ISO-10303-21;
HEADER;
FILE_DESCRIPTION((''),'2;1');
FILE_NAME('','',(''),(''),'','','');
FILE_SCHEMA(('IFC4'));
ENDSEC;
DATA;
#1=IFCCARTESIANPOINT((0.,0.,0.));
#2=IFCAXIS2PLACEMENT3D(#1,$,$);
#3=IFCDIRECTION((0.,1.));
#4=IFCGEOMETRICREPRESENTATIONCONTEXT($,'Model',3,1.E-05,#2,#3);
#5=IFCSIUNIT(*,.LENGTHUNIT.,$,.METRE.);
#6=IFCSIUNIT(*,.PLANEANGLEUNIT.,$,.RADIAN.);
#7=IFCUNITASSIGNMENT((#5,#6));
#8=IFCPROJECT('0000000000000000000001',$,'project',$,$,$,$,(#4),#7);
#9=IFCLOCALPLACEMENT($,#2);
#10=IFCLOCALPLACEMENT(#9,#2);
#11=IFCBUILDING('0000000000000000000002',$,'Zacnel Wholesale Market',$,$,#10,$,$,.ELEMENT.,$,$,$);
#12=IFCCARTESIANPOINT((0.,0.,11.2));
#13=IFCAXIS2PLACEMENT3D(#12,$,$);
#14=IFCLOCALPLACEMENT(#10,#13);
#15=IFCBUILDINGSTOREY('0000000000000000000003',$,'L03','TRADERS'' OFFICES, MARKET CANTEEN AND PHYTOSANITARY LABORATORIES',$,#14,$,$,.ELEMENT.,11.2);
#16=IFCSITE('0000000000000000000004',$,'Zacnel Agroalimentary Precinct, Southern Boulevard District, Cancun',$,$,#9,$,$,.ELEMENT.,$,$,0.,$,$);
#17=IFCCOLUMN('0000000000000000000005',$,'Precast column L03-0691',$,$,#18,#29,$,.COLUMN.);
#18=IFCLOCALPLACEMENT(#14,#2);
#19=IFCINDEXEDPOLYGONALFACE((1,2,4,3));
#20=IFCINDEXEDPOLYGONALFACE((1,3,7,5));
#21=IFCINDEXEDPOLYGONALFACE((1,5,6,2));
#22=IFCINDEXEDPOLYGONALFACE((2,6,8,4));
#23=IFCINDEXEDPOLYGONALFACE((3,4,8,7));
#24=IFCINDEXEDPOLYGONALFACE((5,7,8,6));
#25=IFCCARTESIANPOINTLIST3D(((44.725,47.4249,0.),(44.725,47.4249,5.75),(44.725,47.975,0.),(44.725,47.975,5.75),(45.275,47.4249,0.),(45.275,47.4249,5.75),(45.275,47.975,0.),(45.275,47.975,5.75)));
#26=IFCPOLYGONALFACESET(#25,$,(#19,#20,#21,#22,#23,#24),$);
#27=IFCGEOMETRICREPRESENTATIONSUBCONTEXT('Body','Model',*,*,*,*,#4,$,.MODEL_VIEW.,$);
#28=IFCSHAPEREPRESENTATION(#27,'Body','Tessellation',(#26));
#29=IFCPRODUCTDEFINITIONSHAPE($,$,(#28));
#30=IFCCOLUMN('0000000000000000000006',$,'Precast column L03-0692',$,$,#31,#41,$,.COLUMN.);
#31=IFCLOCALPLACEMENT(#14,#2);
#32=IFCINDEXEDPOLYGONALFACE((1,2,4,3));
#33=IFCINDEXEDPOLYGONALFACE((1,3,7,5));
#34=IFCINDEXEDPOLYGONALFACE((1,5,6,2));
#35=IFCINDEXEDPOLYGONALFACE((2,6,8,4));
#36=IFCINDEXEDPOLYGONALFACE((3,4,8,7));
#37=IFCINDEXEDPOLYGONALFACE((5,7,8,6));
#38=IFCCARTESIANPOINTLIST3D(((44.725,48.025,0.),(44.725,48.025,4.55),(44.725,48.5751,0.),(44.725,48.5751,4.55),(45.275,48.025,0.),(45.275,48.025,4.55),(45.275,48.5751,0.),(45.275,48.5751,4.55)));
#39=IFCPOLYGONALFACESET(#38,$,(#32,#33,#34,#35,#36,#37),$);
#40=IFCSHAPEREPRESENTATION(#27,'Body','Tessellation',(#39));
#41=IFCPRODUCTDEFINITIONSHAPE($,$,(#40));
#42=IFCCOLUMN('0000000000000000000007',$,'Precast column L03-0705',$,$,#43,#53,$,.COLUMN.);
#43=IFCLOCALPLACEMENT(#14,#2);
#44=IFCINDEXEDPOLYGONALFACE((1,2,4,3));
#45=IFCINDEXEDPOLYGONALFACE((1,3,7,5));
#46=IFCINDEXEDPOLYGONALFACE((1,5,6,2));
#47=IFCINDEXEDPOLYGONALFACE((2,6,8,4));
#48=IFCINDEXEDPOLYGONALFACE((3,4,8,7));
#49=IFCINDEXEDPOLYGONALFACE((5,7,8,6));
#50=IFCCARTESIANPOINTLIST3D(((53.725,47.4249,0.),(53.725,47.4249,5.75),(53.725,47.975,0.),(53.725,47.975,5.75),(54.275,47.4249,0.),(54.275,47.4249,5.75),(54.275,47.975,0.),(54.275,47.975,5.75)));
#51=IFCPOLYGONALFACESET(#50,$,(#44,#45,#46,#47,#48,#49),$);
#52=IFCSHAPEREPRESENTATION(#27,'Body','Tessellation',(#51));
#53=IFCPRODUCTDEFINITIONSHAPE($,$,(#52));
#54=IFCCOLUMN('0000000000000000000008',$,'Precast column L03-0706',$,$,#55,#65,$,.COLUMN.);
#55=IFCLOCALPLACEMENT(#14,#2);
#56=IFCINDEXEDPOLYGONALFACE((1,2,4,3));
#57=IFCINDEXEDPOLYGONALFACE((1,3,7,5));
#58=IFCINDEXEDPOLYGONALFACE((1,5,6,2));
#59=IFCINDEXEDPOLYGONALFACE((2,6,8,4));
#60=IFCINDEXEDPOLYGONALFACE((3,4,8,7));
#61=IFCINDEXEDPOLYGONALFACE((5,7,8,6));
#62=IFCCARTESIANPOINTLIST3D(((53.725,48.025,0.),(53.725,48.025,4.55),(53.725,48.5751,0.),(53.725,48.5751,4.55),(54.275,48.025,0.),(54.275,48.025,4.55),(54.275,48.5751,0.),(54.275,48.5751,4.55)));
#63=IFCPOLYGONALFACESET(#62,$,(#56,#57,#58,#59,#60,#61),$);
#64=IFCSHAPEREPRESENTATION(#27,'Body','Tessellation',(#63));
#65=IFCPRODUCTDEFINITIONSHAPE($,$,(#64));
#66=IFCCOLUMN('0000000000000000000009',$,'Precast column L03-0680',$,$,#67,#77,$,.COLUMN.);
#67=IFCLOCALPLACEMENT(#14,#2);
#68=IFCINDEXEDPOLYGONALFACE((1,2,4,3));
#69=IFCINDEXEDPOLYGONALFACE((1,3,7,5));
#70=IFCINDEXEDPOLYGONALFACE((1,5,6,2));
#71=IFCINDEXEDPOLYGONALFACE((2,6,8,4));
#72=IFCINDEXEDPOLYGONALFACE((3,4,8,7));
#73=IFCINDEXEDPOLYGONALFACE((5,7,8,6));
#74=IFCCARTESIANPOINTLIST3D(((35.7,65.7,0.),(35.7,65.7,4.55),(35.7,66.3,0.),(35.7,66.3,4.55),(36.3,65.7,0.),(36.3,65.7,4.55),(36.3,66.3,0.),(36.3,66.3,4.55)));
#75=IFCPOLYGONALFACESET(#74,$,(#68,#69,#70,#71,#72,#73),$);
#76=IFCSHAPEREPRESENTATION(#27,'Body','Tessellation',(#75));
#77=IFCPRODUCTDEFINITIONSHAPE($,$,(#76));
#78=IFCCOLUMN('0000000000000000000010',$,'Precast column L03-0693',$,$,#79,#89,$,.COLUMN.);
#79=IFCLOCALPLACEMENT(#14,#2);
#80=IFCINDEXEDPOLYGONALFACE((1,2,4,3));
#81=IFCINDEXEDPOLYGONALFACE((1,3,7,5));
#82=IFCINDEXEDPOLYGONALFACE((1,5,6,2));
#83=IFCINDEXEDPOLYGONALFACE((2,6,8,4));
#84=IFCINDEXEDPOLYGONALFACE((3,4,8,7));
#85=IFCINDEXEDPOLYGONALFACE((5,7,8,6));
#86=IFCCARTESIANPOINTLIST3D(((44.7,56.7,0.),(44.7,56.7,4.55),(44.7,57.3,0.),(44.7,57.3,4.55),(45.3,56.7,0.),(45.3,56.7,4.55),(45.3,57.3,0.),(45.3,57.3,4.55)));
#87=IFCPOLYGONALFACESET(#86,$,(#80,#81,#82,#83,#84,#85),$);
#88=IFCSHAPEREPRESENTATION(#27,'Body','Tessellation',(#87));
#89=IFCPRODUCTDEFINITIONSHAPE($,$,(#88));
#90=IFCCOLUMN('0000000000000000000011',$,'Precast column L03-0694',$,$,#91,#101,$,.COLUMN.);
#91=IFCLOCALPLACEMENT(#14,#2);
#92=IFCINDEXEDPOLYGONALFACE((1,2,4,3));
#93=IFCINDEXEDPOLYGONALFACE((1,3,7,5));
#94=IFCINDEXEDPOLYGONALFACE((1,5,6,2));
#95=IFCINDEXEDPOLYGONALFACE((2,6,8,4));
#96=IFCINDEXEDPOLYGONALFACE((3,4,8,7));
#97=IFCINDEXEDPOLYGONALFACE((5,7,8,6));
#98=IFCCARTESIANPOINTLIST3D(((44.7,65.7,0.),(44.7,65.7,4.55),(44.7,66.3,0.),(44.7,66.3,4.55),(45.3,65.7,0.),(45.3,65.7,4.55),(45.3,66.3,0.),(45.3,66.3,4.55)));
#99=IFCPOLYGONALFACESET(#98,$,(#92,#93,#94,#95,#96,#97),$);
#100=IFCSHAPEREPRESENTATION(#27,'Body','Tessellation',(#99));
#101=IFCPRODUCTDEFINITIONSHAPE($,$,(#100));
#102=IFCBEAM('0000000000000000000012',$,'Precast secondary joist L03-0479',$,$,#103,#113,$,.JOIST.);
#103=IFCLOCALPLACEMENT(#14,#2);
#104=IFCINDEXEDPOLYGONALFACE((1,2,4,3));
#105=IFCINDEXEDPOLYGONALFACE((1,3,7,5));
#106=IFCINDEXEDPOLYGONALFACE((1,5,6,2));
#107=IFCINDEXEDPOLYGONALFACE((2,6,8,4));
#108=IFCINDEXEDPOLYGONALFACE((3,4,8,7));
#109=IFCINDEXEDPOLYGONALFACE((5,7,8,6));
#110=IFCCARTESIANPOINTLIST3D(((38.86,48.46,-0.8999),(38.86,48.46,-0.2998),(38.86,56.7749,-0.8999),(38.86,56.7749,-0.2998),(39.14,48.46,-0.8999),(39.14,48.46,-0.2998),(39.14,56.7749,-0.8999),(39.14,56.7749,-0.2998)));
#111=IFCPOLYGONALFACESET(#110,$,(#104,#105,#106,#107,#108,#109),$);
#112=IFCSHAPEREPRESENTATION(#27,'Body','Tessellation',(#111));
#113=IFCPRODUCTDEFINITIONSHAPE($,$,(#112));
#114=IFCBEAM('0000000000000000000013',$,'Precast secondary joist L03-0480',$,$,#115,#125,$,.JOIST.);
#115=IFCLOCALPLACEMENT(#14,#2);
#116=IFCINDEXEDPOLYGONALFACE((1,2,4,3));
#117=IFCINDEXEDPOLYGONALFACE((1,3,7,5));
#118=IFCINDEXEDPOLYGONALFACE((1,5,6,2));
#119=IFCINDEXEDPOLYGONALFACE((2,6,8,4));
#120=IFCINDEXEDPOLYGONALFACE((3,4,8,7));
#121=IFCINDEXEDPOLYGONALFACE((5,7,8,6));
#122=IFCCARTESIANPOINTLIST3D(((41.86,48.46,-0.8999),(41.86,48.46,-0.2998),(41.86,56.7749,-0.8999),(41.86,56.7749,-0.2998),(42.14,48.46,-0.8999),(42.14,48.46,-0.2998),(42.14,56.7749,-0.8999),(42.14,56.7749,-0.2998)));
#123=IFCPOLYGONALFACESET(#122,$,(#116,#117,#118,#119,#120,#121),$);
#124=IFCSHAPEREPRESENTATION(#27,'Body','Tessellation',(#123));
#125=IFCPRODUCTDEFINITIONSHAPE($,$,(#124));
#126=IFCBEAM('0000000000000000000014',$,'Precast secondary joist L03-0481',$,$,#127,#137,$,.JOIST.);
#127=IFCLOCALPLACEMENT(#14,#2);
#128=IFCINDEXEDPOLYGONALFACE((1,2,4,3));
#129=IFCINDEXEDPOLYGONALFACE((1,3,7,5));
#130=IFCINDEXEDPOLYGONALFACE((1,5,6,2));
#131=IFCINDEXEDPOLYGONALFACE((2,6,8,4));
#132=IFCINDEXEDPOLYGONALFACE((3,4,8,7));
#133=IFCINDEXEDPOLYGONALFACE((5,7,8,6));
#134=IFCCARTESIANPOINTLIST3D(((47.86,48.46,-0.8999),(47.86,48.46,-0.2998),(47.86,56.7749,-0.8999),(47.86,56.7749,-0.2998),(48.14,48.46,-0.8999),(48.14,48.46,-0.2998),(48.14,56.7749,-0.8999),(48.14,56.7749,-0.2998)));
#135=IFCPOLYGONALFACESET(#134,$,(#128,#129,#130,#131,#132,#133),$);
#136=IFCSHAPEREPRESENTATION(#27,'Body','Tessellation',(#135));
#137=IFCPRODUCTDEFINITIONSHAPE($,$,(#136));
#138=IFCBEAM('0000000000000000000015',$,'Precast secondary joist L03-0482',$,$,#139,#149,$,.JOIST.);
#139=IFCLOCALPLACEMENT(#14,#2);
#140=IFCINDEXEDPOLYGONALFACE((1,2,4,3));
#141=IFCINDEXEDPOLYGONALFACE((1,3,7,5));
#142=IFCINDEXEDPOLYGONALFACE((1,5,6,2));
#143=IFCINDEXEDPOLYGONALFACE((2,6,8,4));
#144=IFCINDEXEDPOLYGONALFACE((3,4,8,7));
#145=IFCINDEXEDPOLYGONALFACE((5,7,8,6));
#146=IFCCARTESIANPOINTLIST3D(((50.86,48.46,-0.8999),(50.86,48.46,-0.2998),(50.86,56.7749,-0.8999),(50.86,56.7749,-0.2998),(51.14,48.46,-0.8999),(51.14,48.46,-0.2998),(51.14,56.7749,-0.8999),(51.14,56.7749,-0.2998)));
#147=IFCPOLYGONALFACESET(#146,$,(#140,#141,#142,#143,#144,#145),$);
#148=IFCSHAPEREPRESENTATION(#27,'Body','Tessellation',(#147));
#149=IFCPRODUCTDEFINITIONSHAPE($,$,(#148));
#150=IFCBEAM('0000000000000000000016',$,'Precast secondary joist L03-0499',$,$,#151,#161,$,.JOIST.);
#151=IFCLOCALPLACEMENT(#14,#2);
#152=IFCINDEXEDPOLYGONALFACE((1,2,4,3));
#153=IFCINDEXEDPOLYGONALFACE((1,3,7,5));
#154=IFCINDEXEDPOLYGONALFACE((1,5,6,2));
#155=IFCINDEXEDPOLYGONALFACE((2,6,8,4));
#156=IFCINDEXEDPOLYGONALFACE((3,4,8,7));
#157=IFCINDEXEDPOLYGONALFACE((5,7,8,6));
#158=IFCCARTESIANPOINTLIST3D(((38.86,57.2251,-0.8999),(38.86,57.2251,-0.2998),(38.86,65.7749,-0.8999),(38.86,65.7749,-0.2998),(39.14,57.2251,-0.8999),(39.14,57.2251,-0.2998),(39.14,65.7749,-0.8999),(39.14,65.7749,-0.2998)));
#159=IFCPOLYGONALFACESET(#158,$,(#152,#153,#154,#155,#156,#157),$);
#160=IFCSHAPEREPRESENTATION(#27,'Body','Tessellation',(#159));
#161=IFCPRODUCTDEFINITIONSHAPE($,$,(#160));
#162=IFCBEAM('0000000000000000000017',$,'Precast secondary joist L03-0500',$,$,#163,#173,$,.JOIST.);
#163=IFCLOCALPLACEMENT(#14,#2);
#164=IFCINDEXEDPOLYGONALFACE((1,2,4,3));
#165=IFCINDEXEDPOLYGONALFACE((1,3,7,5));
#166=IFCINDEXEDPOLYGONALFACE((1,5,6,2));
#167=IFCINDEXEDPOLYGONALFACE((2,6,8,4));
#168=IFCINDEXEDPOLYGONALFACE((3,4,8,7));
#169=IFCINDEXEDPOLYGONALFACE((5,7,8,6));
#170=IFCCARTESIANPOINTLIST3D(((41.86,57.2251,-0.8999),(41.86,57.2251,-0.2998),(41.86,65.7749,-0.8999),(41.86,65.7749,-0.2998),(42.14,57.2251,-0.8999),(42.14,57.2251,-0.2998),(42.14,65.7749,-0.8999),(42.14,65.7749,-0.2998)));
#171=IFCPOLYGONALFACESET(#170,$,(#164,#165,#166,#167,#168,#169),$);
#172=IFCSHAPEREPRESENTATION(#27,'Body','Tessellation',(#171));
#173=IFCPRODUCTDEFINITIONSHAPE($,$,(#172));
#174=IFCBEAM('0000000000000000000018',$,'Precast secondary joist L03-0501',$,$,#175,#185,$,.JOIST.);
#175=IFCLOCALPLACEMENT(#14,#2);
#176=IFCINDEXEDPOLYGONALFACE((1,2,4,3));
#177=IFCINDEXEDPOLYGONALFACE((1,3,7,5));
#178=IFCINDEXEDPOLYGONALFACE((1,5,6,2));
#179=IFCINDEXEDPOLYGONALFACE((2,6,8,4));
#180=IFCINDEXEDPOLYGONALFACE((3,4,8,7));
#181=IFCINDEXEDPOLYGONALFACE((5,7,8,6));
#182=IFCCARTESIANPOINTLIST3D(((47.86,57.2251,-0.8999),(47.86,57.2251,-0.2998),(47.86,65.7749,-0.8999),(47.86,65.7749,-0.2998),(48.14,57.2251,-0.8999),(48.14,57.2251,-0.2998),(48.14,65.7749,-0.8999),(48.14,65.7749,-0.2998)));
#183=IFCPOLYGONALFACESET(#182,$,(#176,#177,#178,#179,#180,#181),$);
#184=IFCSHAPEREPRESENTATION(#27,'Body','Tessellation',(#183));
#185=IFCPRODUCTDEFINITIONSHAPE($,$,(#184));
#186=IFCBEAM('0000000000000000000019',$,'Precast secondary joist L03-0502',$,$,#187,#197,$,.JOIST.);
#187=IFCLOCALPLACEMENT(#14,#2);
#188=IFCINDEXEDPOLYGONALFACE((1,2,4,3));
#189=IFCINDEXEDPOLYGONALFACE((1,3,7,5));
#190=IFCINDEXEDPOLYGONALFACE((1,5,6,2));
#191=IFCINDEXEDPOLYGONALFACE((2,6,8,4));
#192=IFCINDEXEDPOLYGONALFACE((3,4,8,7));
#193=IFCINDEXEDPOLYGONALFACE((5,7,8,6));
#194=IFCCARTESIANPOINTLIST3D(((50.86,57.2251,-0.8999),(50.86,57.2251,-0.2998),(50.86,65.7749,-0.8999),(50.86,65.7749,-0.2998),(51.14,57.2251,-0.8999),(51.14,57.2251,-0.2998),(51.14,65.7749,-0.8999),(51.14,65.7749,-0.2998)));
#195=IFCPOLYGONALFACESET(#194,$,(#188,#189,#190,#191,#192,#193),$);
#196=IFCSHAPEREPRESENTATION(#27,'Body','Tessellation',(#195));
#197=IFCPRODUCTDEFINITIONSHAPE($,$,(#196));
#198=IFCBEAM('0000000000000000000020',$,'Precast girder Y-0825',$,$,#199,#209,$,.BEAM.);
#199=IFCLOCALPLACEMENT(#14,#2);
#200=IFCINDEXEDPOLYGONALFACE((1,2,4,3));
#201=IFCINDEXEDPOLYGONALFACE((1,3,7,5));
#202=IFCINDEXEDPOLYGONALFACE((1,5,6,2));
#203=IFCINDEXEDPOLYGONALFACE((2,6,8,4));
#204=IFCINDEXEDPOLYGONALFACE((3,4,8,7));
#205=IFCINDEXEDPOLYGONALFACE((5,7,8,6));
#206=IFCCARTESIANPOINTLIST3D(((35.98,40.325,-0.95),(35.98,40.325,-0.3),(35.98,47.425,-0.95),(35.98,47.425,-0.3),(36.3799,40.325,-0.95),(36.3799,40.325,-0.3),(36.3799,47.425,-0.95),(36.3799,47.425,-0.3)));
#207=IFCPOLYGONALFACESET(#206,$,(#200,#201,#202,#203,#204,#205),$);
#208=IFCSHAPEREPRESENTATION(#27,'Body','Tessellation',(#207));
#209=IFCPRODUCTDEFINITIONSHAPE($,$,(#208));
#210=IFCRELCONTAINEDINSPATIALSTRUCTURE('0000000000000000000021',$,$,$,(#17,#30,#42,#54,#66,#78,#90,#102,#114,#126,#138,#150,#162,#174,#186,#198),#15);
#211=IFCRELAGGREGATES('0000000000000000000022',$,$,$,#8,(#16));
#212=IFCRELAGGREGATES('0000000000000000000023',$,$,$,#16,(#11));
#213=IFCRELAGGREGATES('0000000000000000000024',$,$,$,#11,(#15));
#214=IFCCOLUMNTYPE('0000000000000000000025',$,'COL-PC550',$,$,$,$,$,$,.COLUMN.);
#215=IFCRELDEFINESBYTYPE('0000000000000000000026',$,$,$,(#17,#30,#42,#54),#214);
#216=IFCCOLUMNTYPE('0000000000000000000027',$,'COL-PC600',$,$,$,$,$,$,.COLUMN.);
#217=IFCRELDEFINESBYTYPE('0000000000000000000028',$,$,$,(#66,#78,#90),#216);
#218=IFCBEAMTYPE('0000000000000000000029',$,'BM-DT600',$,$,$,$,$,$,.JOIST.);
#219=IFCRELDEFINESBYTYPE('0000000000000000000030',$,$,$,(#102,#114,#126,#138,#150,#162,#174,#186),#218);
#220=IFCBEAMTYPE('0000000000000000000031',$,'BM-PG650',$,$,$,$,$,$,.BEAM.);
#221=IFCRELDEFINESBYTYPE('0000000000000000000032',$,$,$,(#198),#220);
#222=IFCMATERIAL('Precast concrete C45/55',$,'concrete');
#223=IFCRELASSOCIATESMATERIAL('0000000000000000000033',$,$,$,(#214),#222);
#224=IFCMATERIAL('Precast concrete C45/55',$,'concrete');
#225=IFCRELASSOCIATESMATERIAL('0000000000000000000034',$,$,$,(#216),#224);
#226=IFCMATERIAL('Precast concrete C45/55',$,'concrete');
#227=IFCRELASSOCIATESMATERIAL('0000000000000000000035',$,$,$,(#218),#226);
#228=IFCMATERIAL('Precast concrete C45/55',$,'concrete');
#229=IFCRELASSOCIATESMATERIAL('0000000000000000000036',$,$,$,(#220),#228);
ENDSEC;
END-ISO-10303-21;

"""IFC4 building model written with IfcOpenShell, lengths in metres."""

from ifc_helpers import new_model, si_unit, direction, frame, origin, origin_2d, place, context, subcontext, project, spatial, rectangle, extrude, material, material_profile, profile_set, type_object, element, save


model = new_model("IFC4")

# Units and contexts
model_context = context("Model", 3, precision=1e-05, world=origin(), true_north=direction((0.0, 1.0)))
body_context = subcontext(model_context, "Body", "Model", "MODEL_VIEW")
ifc_project = project(units=[si_unit("LENGTHUNIT", "METRE"), si_unit("PLANEANGLEUNIT", "RADIAN")], contexts=[model_context])

# Site, building, storey
site_placement = place(None, origin())
site = spatial("IfcSite", under=ifc_project, at=site_placement, Name="Zacnel Agroalimentary Precinct, Southern Boulevard District, Cancun", CompositionType="ELEMENT", RefElevation=0.0)
building_placement = place(site_placement, origin())
building = spatial("IfcBuilding", under=site, at=building_placement, Name="Zacnel Wholesale Market", CompositionType="ELEMENT")
storey_placement = place(building_placement, frame((0.0, 0.0, 11.2)))
storey = spatial("IfcBuildingStorey", under=building, at=storey_placement, Name="L03", Description="TRADERS' OFFICES, MARKET CANTEEN AND PHYTOSANITARY LABORATORIES", CompositionType="ELEMENT", Elevation=11.2)

# Columns
ifc_material_1 = material(Name="Precast concrete C45/55", Category="concrete")
ifc_material_profile_1 = material_profile(ifc_material_1, rectangle(XDim=0.55, YDim=0.55, at=origin_2d()), Name="PC 550x550")
ifc_profile_set_1 = profile_set([ifc_material_profile_1], Name="Precast concrete C45/55")
column_type_1 = type_object("IfcColumnType", Name="COL-PC550", PredefinedType="COLUMN", material=ifc_profile_set_1)
column_1_placement = place(storey_placement, frame((45.0, 47.7, 0.0), z_axis=(0.0, 0.0, 1.0), x_axis=(1.0, 0.0, 0.0)))
element("IfcColumn", 1, at=column_1_placement, inside=storey, type_object=column_type_1, Name="Precast column L03-0691", PredefinedType="COLUMN", context=body_context, shape_type="SweptSolid", body=[
    extrude(rectangle(XDim=0.55, YDim=0.55, at=origin_2d()), origin(), (0.0, 0.0, 1.0), 5.75),
])
column_2_placement = place(storey_placement, frame((45.0, 48.3, 0.0), z_axis=(0.0, 0.0, 1.0), x_axis=(1.0, 0.0, 0.0)))
element("IfcColumn", 2, at=column_2_placement, inside=storey, type_object=column_type_1, Name="Precast column L03-0692", PredefinedType="COLUMN", context=body_context, shape_type="SweptSolid", body=[
    extrude(rectangle(XDim=0.55, YDim=0.55, at=origin_2d()), origin(), (0.0, 0.0, 1.0), 4.55),
])
column_3_placement = place(storey_placement, frame((54.0, 47.7, 0.0), z_axis=(0.0, 0.0, 1.0), x_axis=(1.0, 0.0, 0.0)))
element("IfcColumn", 3, at=column_3_placement, inside=storey, type_object=column_type_1, Name="Precast column L03-0705", PredefinedType="COLUMN", context=body_context, shape_type="SweptSolid", body=[
    extrude(rectangle(XDim=0.55, YDim=0.55, at=origin_2d()), origin(), (0.0, 0.0, 1.0), 5.75),
])
column_4_placement = place(storey_placement, frame((54.0, 48.3, 0.0), z_axis=(0.0, 0.0, 1.0), x_axis=(1.0, 0.0, 0.0)))
element("IfcColumn", 4, at=column_4_placement, inside=storey, type_object=column_type_1, Name="Precast column L03-0706", PredefinedType="COLUMN", context=body_context, shape_type="SweptSolid", body=[
    extrude(rectangle(XDim=0.55, YDim=0.55, at=origin_2d()), origin(), (0.0, 0.0, 1.0), 4.55),
])
ifc_material_2 = material(Name="Precast concrete C45/55", Category="concrete")
ifc_material_profile_2 = material_profile(ifc_material_2, rectangle(XDim=0.6001, YDim=0.6001, at=origin_2d()), Name="PC 600x600")
ifc_profile_set_2 = profile_set([ifc_material_profile_2], Name="Precast concrete C45/55")
column_type_2 = type_object("IfcColumnType", Name="COL-PC600", PredefinedType="COLUMN", material=ifc_profile_set_2)
for number, where, z_axis, x_axis, name in (
    (5, (36.0, 66.0, 0.0), (0.0, 0.0, 1.0), (1.0, 0.0, 0.0), "Precast column L03-0680"),
    (6, (45.0, 57.0, 0.0), (0.0, 0.0, 1.0), (1.0, 0.0, 0.0), "Precast column L03-0693"),
    (7, (45.0, 66.0, 0.0), (0.0, 0.0, 1.0), (1.0, 0.0, 0.0), "Precast column L03-0694"),
):
    element("IfcColumn", number, at=place(storey_placement, frame(where, z_axis=z_axis, x_axis=x_axis)), inside=storey, type_object=column_type_2, Name=name, PredefinedType="COLUMN", context=body_context, shape_type="SweptSolid", body=[
        extrude(rectangle(XDim=0.6001, YDim=0.6001, at=origin_2d()), origin(), (0.0, 0.0, 1.0), 4.55),
    ])

# Beams
ifc_material_3 = material(Name="Precast concrete C45/55", Category="concrete")
ifc_material_profile_3 = material_profile(ifc_material_3, rectangle(XDim=0.28, YDim=0.6001, at=origin_2d()), Name="DT RIB 280x600")
ifc_profile_set_3 = profile_set([ifc_material_profile_3], Name="Precast concrete C45/55")
beam_type_1 = type_object("IfcBeamType", Name="BM-DT600", PredefinedType="JOIST", material=ifc_profile_set_3)
for number, where, z_axis, x_axis, name in (
    (8, (39.0, 48.46, -0.5999), (0.0, 1.0, 0.0), (-1.0, 0.0, 0.0), "Precast secondary joist L03-0479"),
    (9, (42.0, 48.46, -0.5999), (0.0, 1.0, 0.0), (-1.0, 0.0, 0.0), "Precast secondary joist L03-0480"),
    (10, (48.0, 48.46, -0.5999), (0.0, 1.0, 0.0), (-1.0, 0.0, 0.0), "Precast secondary joist L03-0481"),
    (11, (51.0, 48.46, -0.5999), (0.0, 1.0, 0.0), (-1.0, 0.0, 0.0), "Precast secondary joist L03-0482"),
):
    element("IfcBeam", number, at=place(storey_placement, frame(where, z_axis=z_axis, x_axis=x_axis)), inside=storey, type_object=beam_type_1, Name=name, PredefinedType="JOIST", context=body_context, shape_type="SweptSolid", body=[
        extrude(rectangle(XDim=0.28, YDim=0.6001, at=origin_2d()), origin(), (0.0, 0.0, 1.0), 8.3149),
    ])
for number, where, z_axis, x_axis, name in (
    (12, (39.0, 57.2251, -0.5999), (0.0, 1.0, 0.0), (-1.0, 0.0, 0.0), "Precast secondary joist L03-0499"),
    (13, (42.0, 57.2251, -0.5999), (0.0, 1.0, 0.0), (-1.0, 0.0, 0.0), "Precast secondary joist L03-0500"),
    (14, (48.0, 57.2251, -0.5999), (0.0, 1.0, 0.0), (-1.0, 0.0, 0.0), "Precast secondary joist L03-0501"),
    (15, (51.0, 57.2251, -0.5999), (0.0, 1.0, 0.0), (-1.0, 0.0, 0.0), "Precast secondary joist L03-0502"),
):
    element("IfcBeam", number, at=place(storey_placement, frame(where, z_axis=z_axis, x_axis=x_axis)), inside=storey, type_object=beam_type_1, Name=name, PredefinedType="JOIST", context=body_context, shape_type="SweptSolid", body=[
        extrude(rectangle(XDim=0.28, YDim=0.6001, at=origin_2d()), origin(), (0.0, 0.0, 1.0), 8.5498),
    ])
ifc_material_4 = material(Name="Precast concrete C45/55", Category="concrete")
ifc_material_profile_4 = material_profile(ifc_material_4, rectangle(XDim=0.3999, YDim=0.6499, at=origin_2d()), Name="PG 400x650")
ifc_profile_set_4 = profile_set([ifc_material_profile_4], Name="Precast concrete C45/55")
beam_type_2 = type_object("IfcBeamType", Name="BM-PG650", PredefinedType="BEAM", material=ifc_profile_set_4)
for number, where, z_axis, x_axis, name in (
    (16, (36.1799, 40.325, -0.625), (0.0, 1.0, 0.0), (-1.0, 0.0, 0.0), "Precast girder Y-0825"),
):
    element("IfcBeam", number, at=place(storey_placement, frame(where, z_axis=z_axis, x_axis=x_axis)), inside=storey, type_object=beam_type_2, Name=name, PredefinedType="BEAM", context=body_context, shape_type="SweptSolid", body=[
        extrude(rectangle(XDim=0.3999, YDim=0.6499, at=origin_2d()), origin(), (0.0, 0.0, 1.0), 7.1001),
    ])

save(model, "model.ifc")
